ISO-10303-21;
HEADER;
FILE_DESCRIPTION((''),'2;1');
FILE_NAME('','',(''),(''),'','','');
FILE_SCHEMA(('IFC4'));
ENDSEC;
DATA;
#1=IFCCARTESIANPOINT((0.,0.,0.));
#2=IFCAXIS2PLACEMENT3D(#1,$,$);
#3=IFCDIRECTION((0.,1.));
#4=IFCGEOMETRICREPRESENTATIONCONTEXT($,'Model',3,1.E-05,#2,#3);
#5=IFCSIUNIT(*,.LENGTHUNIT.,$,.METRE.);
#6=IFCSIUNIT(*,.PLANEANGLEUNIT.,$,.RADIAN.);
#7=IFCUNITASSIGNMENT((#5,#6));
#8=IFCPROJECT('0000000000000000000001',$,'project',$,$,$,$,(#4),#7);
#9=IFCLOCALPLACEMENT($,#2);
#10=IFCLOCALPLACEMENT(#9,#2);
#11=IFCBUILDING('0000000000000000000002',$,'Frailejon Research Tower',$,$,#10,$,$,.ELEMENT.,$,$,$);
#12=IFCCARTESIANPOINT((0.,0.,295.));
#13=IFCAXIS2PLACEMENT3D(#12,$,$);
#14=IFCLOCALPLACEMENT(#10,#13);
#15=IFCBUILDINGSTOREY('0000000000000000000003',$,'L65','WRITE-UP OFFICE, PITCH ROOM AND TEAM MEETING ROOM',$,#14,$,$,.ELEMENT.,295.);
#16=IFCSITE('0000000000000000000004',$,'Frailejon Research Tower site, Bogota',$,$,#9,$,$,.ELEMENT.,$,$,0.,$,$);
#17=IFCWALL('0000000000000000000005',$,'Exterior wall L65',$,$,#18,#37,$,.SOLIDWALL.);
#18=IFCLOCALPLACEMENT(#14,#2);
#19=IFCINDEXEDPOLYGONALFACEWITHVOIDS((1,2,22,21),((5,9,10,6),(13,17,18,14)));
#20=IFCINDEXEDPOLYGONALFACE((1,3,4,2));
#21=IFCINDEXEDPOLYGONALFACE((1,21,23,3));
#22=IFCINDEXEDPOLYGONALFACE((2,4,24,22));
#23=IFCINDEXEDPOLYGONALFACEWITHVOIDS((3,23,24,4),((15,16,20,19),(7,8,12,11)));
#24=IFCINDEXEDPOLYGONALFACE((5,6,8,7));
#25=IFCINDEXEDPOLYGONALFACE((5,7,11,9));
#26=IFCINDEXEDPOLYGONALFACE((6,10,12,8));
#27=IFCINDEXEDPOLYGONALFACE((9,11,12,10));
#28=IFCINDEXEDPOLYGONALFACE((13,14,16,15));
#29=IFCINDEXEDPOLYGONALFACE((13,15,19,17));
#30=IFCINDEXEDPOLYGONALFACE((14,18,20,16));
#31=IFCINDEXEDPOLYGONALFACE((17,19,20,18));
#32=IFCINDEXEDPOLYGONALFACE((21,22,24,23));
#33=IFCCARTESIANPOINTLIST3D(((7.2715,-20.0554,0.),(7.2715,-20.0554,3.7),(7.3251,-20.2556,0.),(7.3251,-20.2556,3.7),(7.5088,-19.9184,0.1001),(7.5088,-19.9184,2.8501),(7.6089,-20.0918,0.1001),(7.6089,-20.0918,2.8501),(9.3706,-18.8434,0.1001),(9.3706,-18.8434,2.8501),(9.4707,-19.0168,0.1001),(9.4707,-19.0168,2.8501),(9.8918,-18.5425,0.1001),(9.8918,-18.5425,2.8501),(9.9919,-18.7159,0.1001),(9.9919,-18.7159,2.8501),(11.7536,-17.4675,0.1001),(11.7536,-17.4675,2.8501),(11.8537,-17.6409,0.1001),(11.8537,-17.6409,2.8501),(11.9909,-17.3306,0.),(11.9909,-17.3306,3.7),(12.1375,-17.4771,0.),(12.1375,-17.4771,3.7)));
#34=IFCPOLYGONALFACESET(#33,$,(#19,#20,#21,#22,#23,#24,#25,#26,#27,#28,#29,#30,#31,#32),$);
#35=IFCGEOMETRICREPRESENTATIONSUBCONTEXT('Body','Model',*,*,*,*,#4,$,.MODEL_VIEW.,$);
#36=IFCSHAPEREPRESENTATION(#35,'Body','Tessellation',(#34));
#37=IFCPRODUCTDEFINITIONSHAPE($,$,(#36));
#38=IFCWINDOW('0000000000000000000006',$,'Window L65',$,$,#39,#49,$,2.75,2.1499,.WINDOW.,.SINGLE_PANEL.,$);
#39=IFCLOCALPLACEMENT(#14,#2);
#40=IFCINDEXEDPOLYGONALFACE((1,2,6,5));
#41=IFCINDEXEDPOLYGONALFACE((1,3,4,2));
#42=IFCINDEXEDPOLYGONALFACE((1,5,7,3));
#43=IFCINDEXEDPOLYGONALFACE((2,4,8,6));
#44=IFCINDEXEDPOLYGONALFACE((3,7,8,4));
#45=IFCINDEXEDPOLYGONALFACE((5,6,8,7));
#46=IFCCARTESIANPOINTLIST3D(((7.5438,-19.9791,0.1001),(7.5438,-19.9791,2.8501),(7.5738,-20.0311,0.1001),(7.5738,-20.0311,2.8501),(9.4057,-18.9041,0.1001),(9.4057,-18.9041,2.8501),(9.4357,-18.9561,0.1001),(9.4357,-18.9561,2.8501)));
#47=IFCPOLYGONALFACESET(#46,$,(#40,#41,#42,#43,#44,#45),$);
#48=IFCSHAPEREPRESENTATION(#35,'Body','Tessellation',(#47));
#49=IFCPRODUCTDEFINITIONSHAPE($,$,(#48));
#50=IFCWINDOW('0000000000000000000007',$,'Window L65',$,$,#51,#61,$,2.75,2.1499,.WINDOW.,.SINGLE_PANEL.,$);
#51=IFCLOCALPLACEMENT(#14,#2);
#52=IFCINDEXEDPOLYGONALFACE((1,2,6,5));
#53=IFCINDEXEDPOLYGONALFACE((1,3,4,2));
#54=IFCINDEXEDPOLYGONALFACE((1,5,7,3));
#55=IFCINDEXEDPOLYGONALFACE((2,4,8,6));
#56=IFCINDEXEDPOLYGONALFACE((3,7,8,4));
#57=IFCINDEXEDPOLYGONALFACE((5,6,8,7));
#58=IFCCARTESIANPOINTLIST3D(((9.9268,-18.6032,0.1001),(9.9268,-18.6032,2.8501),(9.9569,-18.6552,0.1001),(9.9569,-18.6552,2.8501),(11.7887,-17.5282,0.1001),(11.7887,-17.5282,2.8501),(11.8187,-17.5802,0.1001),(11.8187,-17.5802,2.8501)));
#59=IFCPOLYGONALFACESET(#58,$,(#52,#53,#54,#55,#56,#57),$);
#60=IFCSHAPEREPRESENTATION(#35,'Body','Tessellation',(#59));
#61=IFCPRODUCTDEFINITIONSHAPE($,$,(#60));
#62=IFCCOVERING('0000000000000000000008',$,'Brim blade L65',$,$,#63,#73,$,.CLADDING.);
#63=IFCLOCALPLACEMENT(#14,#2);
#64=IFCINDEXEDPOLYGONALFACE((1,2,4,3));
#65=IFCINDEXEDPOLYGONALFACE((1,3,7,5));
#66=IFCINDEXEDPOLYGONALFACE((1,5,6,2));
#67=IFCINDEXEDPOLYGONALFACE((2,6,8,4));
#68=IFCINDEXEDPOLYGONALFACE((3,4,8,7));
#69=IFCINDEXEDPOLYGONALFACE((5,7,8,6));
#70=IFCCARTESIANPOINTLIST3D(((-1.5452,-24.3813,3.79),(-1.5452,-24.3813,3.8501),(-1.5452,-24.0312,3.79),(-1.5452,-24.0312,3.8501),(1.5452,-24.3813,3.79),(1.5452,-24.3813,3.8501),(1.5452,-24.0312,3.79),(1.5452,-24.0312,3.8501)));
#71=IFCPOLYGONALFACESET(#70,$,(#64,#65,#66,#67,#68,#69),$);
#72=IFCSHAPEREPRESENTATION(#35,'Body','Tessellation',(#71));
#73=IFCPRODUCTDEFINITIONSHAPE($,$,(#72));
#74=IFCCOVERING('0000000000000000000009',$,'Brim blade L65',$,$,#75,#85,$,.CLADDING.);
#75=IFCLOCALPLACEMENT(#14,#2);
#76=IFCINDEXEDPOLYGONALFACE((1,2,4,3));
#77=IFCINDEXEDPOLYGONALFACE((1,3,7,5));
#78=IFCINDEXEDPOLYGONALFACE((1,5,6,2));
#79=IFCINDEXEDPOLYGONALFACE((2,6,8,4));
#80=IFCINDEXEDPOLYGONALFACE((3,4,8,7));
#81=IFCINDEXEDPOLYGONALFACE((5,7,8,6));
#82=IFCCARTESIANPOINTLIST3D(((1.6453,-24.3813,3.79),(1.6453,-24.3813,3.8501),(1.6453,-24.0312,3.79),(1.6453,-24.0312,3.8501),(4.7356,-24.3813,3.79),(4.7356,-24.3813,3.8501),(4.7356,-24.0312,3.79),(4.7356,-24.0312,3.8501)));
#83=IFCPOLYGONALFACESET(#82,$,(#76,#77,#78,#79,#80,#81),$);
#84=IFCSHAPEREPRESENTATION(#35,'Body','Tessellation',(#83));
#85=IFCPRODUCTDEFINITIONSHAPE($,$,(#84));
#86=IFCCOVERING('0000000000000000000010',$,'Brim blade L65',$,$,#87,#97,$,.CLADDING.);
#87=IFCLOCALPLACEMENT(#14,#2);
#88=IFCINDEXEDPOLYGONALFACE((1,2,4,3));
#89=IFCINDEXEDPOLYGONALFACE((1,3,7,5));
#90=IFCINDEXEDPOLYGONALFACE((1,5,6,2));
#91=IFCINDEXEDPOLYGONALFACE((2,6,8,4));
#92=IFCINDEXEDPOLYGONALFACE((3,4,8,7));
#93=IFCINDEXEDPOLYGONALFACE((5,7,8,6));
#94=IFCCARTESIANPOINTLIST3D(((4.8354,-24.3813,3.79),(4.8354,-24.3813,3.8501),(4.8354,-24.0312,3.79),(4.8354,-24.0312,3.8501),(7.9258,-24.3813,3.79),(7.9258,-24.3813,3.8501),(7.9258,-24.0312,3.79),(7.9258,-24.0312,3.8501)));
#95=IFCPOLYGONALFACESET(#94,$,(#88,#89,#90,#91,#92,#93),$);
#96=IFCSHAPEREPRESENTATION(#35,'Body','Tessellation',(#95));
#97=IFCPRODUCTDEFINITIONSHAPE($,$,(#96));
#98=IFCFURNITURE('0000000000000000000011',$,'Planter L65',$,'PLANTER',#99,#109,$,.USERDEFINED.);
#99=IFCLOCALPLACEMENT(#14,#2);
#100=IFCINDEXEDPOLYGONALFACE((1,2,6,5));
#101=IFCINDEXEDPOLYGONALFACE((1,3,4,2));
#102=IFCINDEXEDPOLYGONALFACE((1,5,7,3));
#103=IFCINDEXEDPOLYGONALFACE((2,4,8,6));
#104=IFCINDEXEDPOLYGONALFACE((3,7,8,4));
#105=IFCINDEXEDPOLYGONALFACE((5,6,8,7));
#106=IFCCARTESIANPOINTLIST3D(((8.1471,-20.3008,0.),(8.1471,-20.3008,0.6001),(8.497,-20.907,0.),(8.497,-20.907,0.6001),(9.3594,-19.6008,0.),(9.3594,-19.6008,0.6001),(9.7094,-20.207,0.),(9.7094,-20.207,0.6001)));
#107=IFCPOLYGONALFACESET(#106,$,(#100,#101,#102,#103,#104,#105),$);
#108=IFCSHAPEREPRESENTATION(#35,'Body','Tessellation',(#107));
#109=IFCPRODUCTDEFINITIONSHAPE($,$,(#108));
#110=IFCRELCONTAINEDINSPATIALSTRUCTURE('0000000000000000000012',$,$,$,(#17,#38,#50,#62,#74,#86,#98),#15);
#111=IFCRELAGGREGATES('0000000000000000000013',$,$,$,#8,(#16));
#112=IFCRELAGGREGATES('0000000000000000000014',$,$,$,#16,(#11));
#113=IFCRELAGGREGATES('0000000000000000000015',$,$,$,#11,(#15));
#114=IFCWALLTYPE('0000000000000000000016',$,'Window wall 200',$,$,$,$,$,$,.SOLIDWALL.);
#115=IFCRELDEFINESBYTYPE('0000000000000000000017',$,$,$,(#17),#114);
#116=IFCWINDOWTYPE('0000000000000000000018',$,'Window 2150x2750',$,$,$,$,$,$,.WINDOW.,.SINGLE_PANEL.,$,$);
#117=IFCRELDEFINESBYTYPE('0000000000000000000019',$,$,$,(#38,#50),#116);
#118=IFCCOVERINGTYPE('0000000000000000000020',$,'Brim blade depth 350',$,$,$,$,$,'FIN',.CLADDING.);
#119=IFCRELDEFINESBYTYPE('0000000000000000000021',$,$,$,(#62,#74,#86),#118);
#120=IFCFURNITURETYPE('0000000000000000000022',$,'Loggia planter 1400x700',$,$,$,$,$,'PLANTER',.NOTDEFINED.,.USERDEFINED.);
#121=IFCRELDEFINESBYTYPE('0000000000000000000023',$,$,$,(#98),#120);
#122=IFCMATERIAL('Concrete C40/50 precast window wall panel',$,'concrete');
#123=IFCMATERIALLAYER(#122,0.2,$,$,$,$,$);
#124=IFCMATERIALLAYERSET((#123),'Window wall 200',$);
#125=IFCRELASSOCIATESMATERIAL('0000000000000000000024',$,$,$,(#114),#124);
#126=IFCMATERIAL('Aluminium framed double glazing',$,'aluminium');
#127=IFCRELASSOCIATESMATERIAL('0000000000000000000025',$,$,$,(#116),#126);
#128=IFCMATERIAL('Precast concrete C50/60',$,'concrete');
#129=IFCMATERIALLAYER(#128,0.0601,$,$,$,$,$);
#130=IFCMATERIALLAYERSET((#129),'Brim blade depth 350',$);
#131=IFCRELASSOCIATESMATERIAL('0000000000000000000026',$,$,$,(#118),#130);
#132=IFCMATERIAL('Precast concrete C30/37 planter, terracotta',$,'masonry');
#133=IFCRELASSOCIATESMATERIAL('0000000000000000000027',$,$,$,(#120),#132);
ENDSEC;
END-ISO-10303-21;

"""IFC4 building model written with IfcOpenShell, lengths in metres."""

from ifc_helpers import new_model, si_unit, direction, frame, frame_2d, origin, origin_2d, place, context, subcontext, project, spatial, polyline, rectangle, outline, extrude, material, layer, layer_set, type_object, element, fill, save


model = new_model("IFC4")

# Units and contexts
model_context = context("Model", 3, precision=1e-05, world=origin(), true_north=direction((0.0, 1.0)))
body_context = subcontext(model_context, "Body", "Model", "MODEL_VIEW")
ifc_project = project(units=[si_unit("LENGTHUNIT", "METRE"), si_unit("PLANEANGLEUNIT", "RADIAN")], contexts=[model_context])

# Site, building, storey
site_placement = place(None, origin())
site = spatial("IfcSite", under=ifc_project, at=site_placement, Name="Frailejon Research Tower site, Bogota", CompositionType="ELEMENT", RefElevation=0.0)
building_placement = place(site_placement, origin())
building = spatial("IfcBuilding", under=site, at=building_placement, Name="Frailejon Research Tower", CompositionType="ELEMENT")
storey_placement = place(building_placement, frame((0.0, 0.0, 295.0)))
storey = spatial("IfcBuildingStorey", under=building, at=storey_placement, Name="L65", Description="WRITE-UP OFFICE, PITCH ROOM AND TEAM MEETING ROOM", CompositionType="ELEMENT", Elevation=295.0)

# Wall, openings, windows
ifc_material_1 = material(Name="Concrete C40/50 precast window wall panel", Category="concrete")
ifc_layer_1 = layer(ifc_material_1, 0.2)
ifc_layer_set_1 = layer_set([ifc_layer_1], Name="Window wall 200")
wall_type_1 = type_object("IfcWallType", Name="Window wall 200", PredefinedType="SOLIDWALL", material=ifc_layer_set_1)
wall_1_placement = place(storey_placement, frame((7.2983, -20.1555, 0.0), z_axis=(0.0, 0.0, 1.0), x_axis=(0.866015, 0.500018, 0.0)))
wall_1 = element("IfcWall", 1, at=wall_1_placement, inside=storey, type_object=wall_type_1, Name="Exterior wall L65", PredefinedType="SOLIDWALL", context=body_context, shape_type="SweptSolid", body=[
    extrude(outline(polyline([(-0.0269, -0.1001), (1.0845, -0.1001), (2.1958, -0.1001), (3.3074, -0.1001), (4.4187, -0.1001), (5.53, -0.1001), (5.4763, 0.1001), (4.3865, 0.1001), (3.2966, 0.1001), (2.2065, 0.1001), (1.1167, 0.1001), (0.0269, 0.1001), (-0.0269, -0.1001)])), origin(), (0.0, 0.0, 1.0), 3.7),
])
opening_1_placement = place(wall_1_placement, frame((0.3008, 0.0, 0.1001)))
opening_1 = element("IfcOpeningElement", 2, at=opening_1_placement, cuts=wall_1, PredefinedType="OPENING", context=body_context, shape_type="SweptSolid", body=[
    extrude(rectangle(XDim=2.1499, YDim=2.75, at=frame_2d((1.075, 1.375))), frame((0.0, 0.1099, 0.0), z_axis=(0.0, -1.0, 0.0), x_axis=(1.0, 0.0, 0.0)), (0.0, 0.0, 1.0), 0.22),
])
opening_2_placement = place(wall_1_placement, frame((3.0525, 0.0, 0.1001)))
opening_2 = element("IfcOpeningElement", 3, at=opening_2_placement, cuts=wall_1, PredefinedType="OPENING", context=body_context, shape_type="SweptSolid", body=[
    extrude(rectangle(XDim=2.1499, YDim=2.75, at=frame_2d((1.075, 1.375))), frame((0.0, 0.1099, 0.0), z_axis=(0.0, -1.0, 0.0), x_axis=(1.0, 0.0, 0.0)), (0.0, 0.0, 1.0), 0.22),
])
ifc_material_2 = material(Name="Aluminium framed double glazing", Category="aluminium")
window_type = type_object("IfcWindowType", Name="Window 2150x2750", PartitioningType="SINGLE_PANEL", PredefinedType="WINDOW", material=ifc_material_2)
window_1_placement = place(opening_1_placement, origin())
window_1 = element("IfcWindow", 4, at=window_1_placement, inside=storey, type_object=window_type, Name="Window L65", OverallHeight=2.75, OverallWidth=2.1499, PartitioningType="SINGLE_PANEL", PredefinedType="WINDOW", context=body_context, shape_type="SweptSolid", body=[
    extrude(rectangle(XDim=2.1499, YDim=2.75, at=frame_2d((1.075, 1.375))), frame((0.0, 0.03, 0.0), z_axis=(0.0, -1.0, 0.0), x_axis=(1.0, 0.0, 0.0)), (0.0, 0.0, 1.0), 0.0601),
])
fill(opening_1, window_1)
window_2_placement = place(opening_2_placement, origin())
window_2 = element("IfcWindow", 5, at=window_2_placement, inside=storey, type_object=window_type, Name="Window L65", OverallHeight=2.75, OverallWidth=2.1499, PartitioningType="SINGLE_PANEL", PredefinedType="WINDOW", context=body_context, shape_type="SweptSolid", body=[
    extrude(rectangle(XDim=2.1499, YDim=2.75, at=frame_2d((1.075, 1.375))), frame((0.0, 0.03, 0.0), z_axis=(0.0, -1.0, 0.0), x_axis=(1.0, 0.0, 0.0)), (0.0, 0.0, 1.0), 0.0601),
])
fill(opening_2, window_2)

# Coverings
ifc_material_3 = material(Name="Precast concrete C50/60", Category="concrete")
ifc_layer_2 = layer(ifc_material_3, 0.0601)
ifc_layer_set_2 = layer_set([ifc_layer_2], Name="Brim blade depth 350")
covering_type = type_object("IfcCoveringType", Name="Brim blade depth 350", ElementType="FIN", PredefinedType="CLADDING", material=ifc_layer_set_2)
for number, where, z_axis, x_axis, name in (
    (6, (1.5452, -24.0312, 3.8501), (-1.0, 0.0, 0.0), (0.0, -1.0, 0.0), "Brim blade L65"),
    (7, (4.7356, -24.0312, 3.8501), (-1.0, 0.0, 0.0), (0.0, -1.0, 0.0), "Brim blade L65"),
    (8, (7.9258, -24.0312, 3.8501), (-1.0, 0.0, 0.0), (0.0, -1.0, 0.0), "Brim blade L65"),
):
    element("IfcCovering", number, at=place(storey_placement, frame(where, z_axis=z_axis, x_axis=x_axis)), inside=storey, type_object=covering_type, Name=name, PredefinedType="CLADDING", context=body_context, shape_type="SweptSolid", body=[
        extrude(outline(polyline([(0.0, -0.0601), (0.3501, -0.0601), (0.3501, 0.0), (0.0, 0.0), (0.0, -0.0601)])), origin(), (0.0, 0.0, 1.0), 3.0903),
    ])

# Furniture
ifc_material_4 = material(Name="Precast concrete C30/37 planter, terracotta", Category="masonry")
furniture_type = type_object("IfcFurnitureType", Name="Loggia planter 1400x700", ElementType="PLANTER", AssemblyPlace="NOTDEFINED", PredefinedType="USERDEFINED", material=ifc_material_4)
furniture_placement = place(storey_placement, frame((8.9282, -20.2539, 0.0), z_axis=(0.0, 0.0, 1.0), x_axis=(0.866025, 0.5, 0.0)))
element("IfcFurniture", 9, at=furniture_placement, inside=storey, type_object=furniture_type, Name="Planter L65", ObjectType="PLANTER", PredefinedType="USERDEFINED", context=body_context, shape_type="SweptSolid", body=[
    extrude(rectangle(XDim=1.3999, YDim=0.7, at=origin_2d()), origin(), (0.0, 0.0, 1.0), 0.6001),
])

save(model, "model.ifc")
